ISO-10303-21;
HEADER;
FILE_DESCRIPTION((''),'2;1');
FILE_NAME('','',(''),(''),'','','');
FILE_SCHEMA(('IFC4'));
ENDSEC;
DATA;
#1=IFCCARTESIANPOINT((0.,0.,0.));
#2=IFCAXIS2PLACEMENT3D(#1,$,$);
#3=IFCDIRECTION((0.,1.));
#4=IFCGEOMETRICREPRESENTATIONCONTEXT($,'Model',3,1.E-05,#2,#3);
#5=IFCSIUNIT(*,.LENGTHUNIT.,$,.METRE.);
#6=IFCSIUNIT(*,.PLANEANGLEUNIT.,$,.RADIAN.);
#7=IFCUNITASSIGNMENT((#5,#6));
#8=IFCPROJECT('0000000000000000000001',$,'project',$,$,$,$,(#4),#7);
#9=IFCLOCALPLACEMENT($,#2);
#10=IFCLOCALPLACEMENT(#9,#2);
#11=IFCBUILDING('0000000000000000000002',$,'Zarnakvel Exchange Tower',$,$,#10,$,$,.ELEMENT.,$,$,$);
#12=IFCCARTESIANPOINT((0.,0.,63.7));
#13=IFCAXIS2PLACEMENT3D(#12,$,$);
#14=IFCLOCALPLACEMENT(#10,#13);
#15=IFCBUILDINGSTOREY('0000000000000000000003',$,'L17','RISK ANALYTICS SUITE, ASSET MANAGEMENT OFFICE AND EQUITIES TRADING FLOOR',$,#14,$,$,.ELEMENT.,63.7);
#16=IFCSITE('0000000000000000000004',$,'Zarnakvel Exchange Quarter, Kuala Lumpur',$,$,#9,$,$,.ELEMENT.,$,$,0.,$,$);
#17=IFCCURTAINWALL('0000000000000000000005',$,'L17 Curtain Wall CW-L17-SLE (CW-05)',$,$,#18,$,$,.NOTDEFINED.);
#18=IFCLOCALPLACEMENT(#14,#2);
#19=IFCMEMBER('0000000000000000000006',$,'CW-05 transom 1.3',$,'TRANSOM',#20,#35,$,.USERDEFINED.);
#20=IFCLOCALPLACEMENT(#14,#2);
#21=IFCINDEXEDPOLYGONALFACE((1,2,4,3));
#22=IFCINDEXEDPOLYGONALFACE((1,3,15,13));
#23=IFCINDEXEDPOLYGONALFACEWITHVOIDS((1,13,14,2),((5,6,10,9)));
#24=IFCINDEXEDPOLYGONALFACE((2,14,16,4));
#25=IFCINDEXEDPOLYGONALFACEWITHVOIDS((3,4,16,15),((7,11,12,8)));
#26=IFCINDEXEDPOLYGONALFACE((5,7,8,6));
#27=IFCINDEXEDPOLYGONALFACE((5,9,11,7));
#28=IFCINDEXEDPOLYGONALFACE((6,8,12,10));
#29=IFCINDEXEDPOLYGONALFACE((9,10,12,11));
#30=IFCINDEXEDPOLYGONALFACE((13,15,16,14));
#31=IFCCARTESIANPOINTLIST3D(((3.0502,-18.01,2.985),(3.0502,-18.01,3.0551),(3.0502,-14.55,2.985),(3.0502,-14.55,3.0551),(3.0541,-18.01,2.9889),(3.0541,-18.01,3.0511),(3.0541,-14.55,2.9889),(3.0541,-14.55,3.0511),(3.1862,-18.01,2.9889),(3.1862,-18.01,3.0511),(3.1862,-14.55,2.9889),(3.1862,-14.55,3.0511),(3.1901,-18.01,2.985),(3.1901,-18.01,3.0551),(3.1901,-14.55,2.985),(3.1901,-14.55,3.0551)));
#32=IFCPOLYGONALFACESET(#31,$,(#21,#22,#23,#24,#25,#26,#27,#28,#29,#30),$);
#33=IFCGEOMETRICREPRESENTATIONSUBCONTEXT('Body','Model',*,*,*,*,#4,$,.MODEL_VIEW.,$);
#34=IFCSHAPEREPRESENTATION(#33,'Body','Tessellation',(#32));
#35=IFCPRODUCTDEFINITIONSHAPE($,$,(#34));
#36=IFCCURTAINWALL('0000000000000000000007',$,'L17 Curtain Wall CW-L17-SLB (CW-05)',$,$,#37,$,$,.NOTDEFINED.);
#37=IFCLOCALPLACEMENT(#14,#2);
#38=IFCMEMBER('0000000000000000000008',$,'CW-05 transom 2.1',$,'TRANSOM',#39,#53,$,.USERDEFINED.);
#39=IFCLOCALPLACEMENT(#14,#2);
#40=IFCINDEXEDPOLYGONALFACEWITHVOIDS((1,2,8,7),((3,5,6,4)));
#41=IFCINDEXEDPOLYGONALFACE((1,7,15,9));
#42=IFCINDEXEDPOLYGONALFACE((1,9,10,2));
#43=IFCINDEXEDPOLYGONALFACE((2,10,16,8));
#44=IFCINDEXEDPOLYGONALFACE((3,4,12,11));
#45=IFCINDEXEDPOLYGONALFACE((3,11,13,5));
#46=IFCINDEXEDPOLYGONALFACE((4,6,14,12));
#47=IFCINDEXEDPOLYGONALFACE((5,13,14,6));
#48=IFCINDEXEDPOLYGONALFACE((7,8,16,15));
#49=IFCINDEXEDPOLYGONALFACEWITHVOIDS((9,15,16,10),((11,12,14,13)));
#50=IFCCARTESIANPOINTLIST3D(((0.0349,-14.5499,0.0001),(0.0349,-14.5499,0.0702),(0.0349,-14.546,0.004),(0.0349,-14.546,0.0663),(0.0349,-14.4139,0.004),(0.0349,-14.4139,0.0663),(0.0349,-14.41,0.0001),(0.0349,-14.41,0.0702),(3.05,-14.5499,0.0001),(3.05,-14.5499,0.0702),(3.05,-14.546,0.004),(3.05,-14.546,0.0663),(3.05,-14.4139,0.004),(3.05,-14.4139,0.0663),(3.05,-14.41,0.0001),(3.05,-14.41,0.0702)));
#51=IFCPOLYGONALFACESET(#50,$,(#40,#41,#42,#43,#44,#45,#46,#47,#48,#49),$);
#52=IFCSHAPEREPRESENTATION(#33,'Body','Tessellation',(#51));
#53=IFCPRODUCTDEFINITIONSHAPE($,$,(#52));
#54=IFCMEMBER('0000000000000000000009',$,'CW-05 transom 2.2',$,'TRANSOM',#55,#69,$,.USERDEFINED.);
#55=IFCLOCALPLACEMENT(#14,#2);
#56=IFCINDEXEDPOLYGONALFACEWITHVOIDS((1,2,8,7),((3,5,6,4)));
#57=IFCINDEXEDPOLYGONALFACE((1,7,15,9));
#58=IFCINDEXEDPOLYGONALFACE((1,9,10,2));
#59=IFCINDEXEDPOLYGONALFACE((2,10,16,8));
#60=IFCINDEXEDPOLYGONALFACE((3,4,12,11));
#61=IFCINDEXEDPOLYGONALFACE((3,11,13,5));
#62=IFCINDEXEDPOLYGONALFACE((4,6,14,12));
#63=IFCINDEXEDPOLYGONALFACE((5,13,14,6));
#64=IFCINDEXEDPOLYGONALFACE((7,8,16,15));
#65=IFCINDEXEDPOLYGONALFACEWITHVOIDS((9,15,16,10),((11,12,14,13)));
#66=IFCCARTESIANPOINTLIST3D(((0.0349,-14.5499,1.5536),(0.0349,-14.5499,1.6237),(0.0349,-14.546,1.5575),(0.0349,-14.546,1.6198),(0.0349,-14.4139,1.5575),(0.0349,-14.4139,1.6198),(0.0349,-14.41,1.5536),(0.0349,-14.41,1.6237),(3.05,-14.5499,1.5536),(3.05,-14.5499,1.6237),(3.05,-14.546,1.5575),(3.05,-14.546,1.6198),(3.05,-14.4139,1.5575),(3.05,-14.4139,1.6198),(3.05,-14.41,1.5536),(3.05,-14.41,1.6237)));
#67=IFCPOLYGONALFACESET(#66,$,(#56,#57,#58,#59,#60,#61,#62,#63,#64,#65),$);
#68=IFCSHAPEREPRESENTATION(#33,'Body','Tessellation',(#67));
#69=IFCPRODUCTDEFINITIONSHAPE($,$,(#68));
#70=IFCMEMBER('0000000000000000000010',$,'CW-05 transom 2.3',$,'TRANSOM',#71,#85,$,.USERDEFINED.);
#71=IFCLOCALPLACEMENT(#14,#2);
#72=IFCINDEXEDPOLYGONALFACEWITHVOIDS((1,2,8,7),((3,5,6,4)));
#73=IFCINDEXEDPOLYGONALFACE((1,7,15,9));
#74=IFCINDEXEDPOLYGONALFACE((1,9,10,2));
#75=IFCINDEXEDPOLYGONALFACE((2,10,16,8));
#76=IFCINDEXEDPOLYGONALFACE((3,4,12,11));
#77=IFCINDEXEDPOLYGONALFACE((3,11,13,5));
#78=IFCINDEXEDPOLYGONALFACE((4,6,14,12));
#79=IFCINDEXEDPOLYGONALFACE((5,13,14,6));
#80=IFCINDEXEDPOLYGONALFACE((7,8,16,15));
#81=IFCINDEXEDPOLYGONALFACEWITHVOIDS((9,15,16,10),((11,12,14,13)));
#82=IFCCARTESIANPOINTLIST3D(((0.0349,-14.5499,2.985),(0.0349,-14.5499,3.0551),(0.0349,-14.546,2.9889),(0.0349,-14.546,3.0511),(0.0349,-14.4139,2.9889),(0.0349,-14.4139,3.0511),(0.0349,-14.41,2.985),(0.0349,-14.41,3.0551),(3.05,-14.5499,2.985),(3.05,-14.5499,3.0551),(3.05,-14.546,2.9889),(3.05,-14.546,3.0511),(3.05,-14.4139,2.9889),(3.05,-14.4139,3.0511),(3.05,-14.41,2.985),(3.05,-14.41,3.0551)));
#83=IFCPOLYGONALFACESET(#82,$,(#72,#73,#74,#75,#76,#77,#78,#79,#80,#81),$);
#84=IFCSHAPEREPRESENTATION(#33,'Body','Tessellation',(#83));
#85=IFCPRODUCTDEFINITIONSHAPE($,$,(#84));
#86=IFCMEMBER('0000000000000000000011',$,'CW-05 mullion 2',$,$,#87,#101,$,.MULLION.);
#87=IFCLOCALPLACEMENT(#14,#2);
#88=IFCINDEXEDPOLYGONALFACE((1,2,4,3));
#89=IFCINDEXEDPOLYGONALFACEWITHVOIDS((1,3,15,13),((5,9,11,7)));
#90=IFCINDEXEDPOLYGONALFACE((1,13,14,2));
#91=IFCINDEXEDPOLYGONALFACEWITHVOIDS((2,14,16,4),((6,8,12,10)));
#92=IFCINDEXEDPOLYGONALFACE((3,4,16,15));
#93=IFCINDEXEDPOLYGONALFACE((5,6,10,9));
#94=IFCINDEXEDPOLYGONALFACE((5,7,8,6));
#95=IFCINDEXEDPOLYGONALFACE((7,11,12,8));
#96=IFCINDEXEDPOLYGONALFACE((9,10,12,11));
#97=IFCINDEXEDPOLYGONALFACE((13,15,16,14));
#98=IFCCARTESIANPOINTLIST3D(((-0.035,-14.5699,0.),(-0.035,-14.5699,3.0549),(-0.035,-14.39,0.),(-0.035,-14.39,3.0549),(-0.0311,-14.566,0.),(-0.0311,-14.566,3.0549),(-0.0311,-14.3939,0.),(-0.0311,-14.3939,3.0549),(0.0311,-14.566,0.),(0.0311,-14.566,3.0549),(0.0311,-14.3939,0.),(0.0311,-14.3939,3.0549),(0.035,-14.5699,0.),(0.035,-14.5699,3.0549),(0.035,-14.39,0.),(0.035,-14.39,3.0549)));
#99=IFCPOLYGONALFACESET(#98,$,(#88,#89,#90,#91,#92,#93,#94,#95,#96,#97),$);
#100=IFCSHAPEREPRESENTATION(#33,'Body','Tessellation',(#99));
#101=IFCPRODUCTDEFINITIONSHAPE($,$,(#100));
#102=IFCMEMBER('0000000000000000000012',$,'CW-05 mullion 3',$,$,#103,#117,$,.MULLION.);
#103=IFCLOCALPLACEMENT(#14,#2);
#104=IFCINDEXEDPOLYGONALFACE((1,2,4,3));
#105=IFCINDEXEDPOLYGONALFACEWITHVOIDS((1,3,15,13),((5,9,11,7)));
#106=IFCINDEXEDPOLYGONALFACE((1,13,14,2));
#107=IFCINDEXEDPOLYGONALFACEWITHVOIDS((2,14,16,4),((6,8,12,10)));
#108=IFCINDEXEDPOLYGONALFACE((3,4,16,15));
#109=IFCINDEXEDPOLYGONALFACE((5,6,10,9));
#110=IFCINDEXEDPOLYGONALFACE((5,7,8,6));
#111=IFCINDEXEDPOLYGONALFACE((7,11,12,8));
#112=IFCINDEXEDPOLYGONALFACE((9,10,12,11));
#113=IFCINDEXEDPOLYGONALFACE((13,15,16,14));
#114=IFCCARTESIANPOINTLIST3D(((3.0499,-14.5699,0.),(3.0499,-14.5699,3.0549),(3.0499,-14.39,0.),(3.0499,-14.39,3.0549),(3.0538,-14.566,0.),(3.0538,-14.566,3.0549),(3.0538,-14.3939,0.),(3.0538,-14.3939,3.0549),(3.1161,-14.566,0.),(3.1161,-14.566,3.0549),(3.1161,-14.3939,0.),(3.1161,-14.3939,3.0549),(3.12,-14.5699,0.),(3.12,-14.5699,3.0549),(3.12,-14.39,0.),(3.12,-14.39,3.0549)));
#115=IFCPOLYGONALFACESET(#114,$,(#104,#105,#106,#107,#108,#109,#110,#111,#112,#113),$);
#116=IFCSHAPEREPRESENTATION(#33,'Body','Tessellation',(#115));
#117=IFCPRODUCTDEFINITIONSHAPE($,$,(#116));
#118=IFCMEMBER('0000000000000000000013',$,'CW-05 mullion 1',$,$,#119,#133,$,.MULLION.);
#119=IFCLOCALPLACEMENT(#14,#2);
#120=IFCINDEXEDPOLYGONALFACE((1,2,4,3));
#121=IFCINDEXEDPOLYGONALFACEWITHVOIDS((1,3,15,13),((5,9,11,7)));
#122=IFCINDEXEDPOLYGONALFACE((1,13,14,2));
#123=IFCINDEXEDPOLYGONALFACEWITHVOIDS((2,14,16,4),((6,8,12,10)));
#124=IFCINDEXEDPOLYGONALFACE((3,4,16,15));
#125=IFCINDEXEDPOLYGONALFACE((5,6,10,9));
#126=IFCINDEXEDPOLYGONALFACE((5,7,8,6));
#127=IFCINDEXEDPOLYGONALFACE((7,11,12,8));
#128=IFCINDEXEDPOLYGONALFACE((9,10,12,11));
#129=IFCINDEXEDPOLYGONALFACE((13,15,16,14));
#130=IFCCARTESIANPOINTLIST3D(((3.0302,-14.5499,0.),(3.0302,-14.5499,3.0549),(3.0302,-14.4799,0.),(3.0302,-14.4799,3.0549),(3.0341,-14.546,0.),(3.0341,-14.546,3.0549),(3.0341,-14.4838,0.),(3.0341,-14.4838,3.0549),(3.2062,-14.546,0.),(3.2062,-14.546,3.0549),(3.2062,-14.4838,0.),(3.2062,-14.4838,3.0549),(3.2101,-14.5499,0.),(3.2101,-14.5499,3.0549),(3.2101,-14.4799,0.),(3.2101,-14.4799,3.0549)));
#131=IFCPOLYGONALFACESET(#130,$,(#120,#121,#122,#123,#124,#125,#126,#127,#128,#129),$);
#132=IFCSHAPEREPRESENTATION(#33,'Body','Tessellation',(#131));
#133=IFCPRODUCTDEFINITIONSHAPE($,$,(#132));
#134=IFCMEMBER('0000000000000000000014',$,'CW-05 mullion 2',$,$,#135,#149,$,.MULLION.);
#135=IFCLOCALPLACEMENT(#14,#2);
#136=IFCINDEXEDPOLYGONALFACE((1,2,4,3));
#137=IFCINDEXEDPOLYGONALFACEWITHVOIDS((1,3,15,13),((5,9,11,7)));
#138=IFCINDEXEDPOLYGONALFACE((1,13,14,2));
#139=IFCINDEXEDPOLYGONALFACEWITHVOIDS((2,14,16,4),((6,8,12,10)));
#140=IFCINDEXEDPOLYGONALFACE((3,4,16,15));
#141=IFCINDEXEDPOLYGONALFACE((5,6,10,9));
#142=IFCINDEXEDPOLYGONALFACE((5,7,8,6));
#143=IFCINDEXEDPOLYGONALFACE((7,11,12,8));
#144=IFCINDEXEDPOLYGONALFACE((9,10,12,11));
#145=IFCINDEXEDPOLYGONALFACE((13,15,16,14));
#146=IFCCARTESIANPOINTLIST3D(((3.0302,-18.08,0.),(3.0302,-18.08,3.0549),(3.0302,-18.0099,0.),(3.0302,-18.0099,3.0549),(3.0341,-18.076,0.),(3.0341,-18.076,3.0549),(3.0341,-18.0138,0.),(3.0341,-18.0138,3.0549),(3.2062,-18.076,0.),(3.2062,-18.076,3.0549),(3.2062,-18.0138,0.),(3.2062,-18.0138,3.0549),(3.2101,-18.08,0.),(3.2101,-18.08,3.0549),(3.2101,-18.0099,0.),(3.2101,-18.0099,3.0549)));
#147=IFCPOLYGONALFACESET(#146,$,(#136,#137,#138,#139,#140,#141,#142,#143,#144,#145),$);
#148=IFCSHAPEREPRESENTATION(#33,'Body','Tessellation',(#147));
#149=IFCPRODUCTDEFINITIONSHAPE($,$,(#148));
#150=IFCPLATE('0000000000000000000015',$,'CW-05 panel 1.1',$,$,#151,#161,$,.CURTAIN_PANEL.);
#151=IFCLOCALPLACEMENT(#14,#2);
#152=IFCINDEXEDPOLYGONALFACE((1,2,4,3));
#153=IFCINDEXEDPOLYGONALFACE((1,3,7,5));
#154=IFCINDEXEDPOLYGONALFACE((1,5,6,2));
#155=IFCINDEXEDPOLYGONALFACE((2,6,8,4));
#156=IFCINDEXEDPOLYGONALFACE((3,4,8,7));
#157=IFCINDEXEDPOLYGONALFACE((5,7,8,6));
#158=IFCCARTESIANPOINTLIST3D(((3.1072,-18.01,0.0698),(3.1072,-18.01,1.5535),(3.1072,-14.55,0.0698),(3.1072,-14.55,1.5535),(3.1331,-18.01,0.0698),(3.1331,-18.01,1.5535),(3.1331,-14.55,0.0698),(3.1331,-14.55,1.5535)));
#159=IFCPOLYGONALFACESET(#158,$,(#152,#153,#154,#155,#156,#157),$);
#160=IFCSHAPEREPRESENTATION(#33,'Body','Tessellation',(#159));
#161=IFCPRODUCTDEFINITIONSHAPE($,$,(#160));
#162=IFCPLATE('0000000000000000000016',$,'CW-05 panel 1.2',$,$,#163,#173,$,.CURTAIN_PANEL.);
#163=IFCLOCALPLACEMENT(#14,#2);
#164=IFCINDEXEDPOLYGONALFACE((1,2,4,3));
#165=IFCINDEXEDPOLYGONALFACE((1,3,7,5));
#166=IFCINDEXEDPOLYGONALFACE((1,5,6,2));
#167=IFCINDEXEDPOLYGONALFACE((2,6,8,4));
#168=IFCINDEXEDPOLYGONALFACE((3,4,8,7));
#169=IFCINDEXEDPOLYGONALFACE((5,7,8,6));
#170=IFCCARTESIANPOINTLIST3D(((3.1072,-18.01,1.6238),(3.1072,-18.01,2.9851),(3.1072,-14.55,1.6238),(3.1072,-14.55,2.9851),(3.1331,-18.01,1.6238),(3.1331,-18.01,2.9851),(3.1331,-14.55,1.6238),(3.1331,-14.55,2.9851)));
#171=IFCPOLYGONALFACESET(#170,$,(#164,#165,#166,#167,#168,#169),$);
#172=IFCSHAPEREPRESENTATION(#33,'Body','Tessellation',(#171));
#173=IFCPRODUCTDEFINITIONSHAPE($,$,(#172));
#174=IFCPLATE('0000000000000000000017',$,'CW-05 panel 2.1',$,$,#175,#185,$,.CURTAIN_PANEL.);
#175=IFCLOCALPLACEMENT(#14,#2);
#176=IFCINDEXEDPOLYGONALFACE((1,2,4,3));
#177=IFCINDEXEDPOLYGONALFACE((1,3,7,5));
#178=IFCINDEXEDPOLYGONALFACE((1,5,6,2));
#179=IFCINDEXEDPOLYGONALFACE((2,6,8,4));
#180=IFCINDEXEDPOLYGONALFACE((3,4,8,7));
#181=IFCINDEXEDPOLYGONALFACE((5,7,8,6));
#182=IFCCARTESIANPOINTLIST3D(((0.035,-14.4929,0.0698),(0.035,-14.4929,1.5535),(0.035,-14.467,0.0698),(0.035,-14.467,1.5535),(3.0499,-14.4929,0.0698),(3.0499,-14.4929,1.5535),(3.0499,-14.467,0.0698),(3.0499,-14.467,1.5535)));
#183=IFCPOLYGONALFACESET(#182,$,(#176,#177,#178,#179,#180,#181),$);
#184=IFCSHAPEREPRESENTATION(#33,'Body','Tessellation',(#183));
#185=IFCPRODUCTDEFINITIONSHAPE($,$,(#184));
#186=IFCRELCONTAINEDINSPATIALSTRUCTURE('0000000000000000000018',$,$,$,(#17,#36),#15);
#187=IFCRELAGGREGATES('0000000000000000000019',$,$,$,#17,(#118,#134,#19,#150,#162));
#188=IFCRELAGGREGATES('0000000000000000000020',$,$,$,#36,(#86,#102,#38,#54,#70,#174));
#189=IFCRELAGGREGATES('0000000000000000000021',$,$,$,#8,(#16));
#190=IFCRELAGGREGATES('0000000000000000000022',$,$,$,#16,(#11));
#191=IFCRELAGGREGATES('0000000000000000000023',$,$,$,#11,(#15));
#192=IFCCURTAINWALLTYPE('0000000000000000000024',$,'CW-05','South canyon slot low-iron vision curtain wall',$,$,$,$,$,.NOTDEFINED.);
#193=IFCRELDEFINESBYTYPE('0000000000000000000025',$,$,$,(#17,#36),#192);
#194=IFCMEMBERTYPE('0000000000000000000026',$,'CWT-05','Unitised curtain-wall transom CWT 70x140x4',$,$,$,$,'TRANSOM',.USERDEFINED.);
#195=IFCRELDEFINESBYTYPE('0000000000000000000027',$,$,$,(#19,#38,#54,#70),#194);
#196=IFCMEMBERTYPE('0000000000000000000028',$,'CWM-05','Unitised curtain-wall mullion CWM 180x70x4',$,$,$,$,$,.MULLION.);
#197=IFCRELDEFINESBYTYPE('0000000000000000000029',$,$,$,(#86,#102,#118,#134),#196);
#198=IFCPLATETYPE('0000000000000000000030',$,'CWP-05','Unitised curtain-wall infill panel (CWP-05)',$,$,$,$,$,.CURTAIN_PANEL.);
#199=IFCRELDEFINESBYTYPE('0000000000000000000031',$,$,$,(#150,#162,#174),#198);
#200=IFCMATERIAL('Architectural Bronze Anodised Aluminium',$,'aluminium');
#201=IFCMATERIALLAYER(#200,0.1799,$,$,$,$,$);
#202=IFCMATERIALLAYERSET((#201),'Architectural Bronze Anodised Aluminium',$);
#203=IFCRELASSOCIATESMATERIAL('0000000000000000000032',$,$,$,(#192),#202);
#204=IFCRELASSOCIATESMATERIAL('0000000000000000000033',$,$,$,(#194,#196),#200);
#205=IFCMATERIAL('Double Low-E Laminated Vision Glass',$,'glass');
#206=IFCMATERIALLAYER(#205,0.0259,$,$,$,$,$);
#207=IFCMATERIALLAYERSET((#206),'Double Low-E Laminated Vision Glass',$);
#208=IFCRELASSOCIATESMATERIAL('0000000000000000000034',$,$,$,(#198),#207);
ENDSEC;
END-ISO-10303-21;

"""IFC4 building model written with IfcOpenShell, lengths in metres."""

from ifc_helpers import new_model, si_unit, direction, frame, origin, origin_2d, place, context, subcontext, project, spatial, rectangle, hollow_rectangle, extrude, source, transform, mapped, material, layer, layer_set, material_profile, profile_set, type_object, element, aggregate, save


model = new_model("IFC4")

# Units and contexts
model_context = context("Model", 3, precision=1e-05, world=origin(), true_north=direction((0.0, 1.0)))
body_context = subcontext(model_context, "Body", "Model", "MODEL_VIEW")
ifc_project = project(units=[si_unit("LENGTHUNIT", "METRE"), si_unit("PLANEANGLEUNIT", "RADIAN")], contexts=[model_context])

# Site, building, storey
site_placement = place(None, origin())
site = spatial("IfcSite", under=ifc_project, at=site_placement, Name="Zarnakvel Exchange Quarter, Kuala Lumpur", CompositionType="ELEMENT", RefElevation=0.0)
building_placement = place(site_placement, origin())
building = spatial("IfcBuilding", under=site, at=building_placement, Name="Zarnakvel Exchange Tower", CompositionType="ELEMENT")
storey_placement = place(building_placement, frame((0.0, 0.0, 63.7)))
storey = spatial("IfcBuildingStorey", under=building, at=storey_placement, Name="L17", Description="RISK ANALYTICS SUITE, ASSET MANAGEMENT OFFICE AND EQUITIES TRADING FLOOR", CompositionType="ELEMENT", Elevation=63.7)

# Curtain walls, members
ifc_material_1 = material(Name="Architectural Bronze Anodised Aluminium", Category="aluminium")
ifc_layer_1 = layer(ifc_material_1, 0.1799)
ifc_layer_set_1 = layer_set([ifc_layer_1], Name="Architectural Bronze Anodised Aluminium")
curtain_wall_type = type_object("IfcCurtainWallType", Name="CW-05", Description="South canyon slot low-iron vision curtain wall", PredefinedType="NOTDEFINED", material=ifc_layer_set_1)
curtain_wall_1_placement = place(storey_placement, origin())
curtain_wall_1 = element("IfcCurtainWall", 1, at=curtain_wall_1_placement, inside=storey, type_object=curtain_wall_type, Name="L17 Curtain Wall CW-L17-SLE (CW-05)", PredefinedType="NOTDEFINED")
ifc_material_profile_1 = material_profile(ifc_material_1, hollow_rectangle(XDim=0.1399, YDim=0.0701, WallThickness=0.0039, at=origin_2d()))
ifc_profile_set_1 = profile_set([ifc_material_profile_1], Name="Architectural Bronze Anodised Aluminium")
member_type_1 = type_object("IfcMemberType", Name="CWT-05", Description="Unitised curtain-wall transom CWT 70x140x4", ElementType="TRANSOM", PredefinedType="USERDEFINED", material=ifc_profile_set_1)
shared_shape_1 = source(origin(), body_context, "Body", "SweptSolid", [
    extrude(hollow_rectangle(XDim=0.1399, YDim=0.0701, WallThickness=0.0039, at=origin_2d()), origin(), (0.0, 0.0, 1.0), 3.46),
])
member_1_placement = place(storey_placement, frame((3.1201, -14.55, 3.02), z_axis=(0.0, -1.0, 0.0), x_axis=(1.0, 0.0, 0.0)))
member_1 = element("IfcMember", 2, at=member_1_placement, type_object=member_type_1, Name="CW-05 transom 1.3", ObjectType="TRANSOM", PredefinedType="USERDEFINED", context=body_context, shape_type="MappedRepresentation", body=[
    mapped(shared_shape_1, transform((0.0, 0.0, 0.0), x_axis=(1.0, 0.0, 0.0), y_axis=(0.0, 1.0, 0.0), z_axis=(0.0, 0.0, 1.0), scale=1.0)),
])
curtain_wall_2_placement = place(storey_placement, origin())
curtain_wall_2 = element("IfcCurtainWall", 3, at=curtain_wall_2_placement, inside=storey, type_object=curtain_wall_type, Name="L17 Curtain Wall CW-L17-SLB (CW-05)", PredefinedType="NOTDEFINED")
shared_shape_2 = source(origin(), body_context, "Body", "SweptSolid", [
    extrude(hollow_rectangle(XDim=0.1399, YDim=0.0701, WallThickness=0.0039, at=origin_2d()), origin(), (0.0, 0.0, 1.0), 3.0151),
])
member_2_placement = place(storey_placement, frame((0.0349, -14.48, 0.0352), z_axis=(1.0, 0.0, 0.0), x_axis=(0.0, 1.0, 0.0)))
member_2 = element("IfcMember", 4, at=member_2_placement, type_object=member_type_1, Name="CW-05 transom 2.1", ObjectType="TRANSOM", PredefinedType="USERDEFINED", context=body_context, shape_type="MappedRepresentation", body=[
    mapped(shared_shape_2, transform((0.0, 0.0, 0.0), x_axis=(1.0, 0.0, 0.0), y_axis=(0.0, 1.0, 0.0), z_axis=(0.0, 0.0, 1.0), scale=1.0)),
])
member_3_placement = place(storey_placement, frame((0.0349, -14.48, 1.5886), z_axis=(1.0, 0.0, 0.0), x_axis=(0.0, 1.0, 0.0)))
member_3 = element("IfcMember", 5, at=member_3_placement, type_object=member_type_1, Name="CW-05 transom 2.2", ObjectType="TRANSOM", PredefinedType="USERDEFINED", context=body_context, shape_type="MappedRepresentation", body=[
    mapped(shared_shape_2, transform((0.0, 0.0, 0.0), x_axis=(1.0, 0.0, 0.0), y_axis=(0.0, 1.0, 0.0), z_axis=(0.0, 0.0, 1.0), scale=1.0)),
])
member_4_placement = place(storey_placement, frame((0.0349, -14.48, 3.02), z_axis=(1.0, 0.0, 0.0), x_axis=(0.0, 1.0, 0.0)))
member_4 = element("IfcMember", 6, at=member_4_placement, type_object=member_type_1, Name="CW-05 transom 2.3", ObjectType="TRANSOM", PredefinedType="USERDEFINED", context=body_context, shape_type="MappedRepresentation", body=[
    mapped(shared_shape_2, transform((0.0, 0.0, 0.0), x_axis=(1.0, 0.0, 0.0), y_axis=(0.0, 1.0, 0.0), z_axis=(0.0, 0.0, 1.0), scale=1.0)),
])
ifc_material_profile_2 = material_profile(ifc_material_1, hollow_rectangle(XDim=0.1799, YDim=0.0701, WallThickness=0.0039, at=origin_2d()))
ifc_profile_set_2 = profile_set([ifc_material_profile_2], Name="Architectural Bronze Anodised Aluminium")
member_type_2 = type_object("IfcMemberType", Name="CWM-05", Description="Unitised curtain-wall mullion CWM 180x70x4", PredefinedType="MULLION", material=ifc_profile_set_2)
shared_shape_3 = source(origin(), body_context, "Body", "SweptSolid", [
    extrude(hollow_rectangle(XDim=0.1799, YDim=0.0701, WallThickness=0.0039, at=origin_2d()), origin(), (0.0, 0.0, 1.0), 3.0549),
])
member_5_placement = place(storey_placement, frame((0.0, -14.48, 0.0), z_axis=(0.0, 0.0, 1.0), x_axis=(0.0, 1.0, 0.0)))
member_5 = element("IfcMember", 7, at=member_5_placement, type_object=member_type_2, Name="CW-05 mullion 2", PredefinedType="MULLION", context=body_context, shape_type="MappedRepresentation", body=[
    mapped(shared_shape_3, transform((0.0, 0.0, 0.0), x_axis=(1.0, 0.0, 0.0), y_axis=(0.0, 1.0, 0.0), z_axis=(0.0, 0.0, 1.0), scale=1.0)),
])
member_6_placement = place(storey_placement, frame((3.085, -14.48, 0.0), z_axis=(0.0, 0.0, 1.0), x_axis=(0.0, 1.0, 0.0)))
member_6 = element("IfcMember", 8, at=member_6_placement, type_object=member_type_2, Name="CW-05 mullion 3", PredefinedType="MULLION", context=body_context, shape_type="MappedRepresentation", body=[
    mapped(shared_shape_3, transform((0.0, 0.0, 0.0), x_axis=(1.0, 0.0, 0.0), y_axis=(0.0, 1.0, 0.0), z_axis=(0.0, 0.0, 1.0), scale=1.0)),
])

# Members
member_7_placement = place(storey_placement, frame((3.1201, -14.5149, 0.0), z_axis=(0.0, 0.0, 1.0), x_axis=(1.0, 0.0, 0.0)))
member_7 = element("IfcMember", 9, at=member_7_placement, type_object=member_type_2, Name="CW-05 mullion 1", PredefinedType="MULLION", context=body_context, shape_type="MappedRepresentation", body=[
    mapped(shared_shape_3, transform((0.0, 0.0, 0.0), x_axis=(1.0, 0.0, 0.0), y_axis=(0.0, 1.0, 0.0), z_axis=(0.0, 0.0, 1.0), scale=1.0)),
])
member_8_placement = place(storey_placement, frame((3.1201, -18.0449, 0.0), z_axis=(0.0, 0.0, 1.0), x_axis=(1.0, 0.0, 0.0)))
member_8 = element("IfcMember", 10, at=member_8_placement, type_object=member_type_2, Name="CW-05 mullion 2", PredefinedType="MULLION", context=body_context, shape_type="MappedRepresentation", body=[
    mapped(shared_shape_3, transform((0.0, 0.0, 0.0), x_axis=(1.0, 0.0, 0.0), y_axis=(0.0, 1.0, 0.0), z_axis=(0.0, 0.0, 1.0), scale=1.0)),
])

# Plates
ifc_material_2 = material(Name="Double Low-E Laminated Vision Glass", Category="glass")
ifc_layer_2 = layer(ifc_material_2, 0.0259)
ifc_layer_set_2 = layer_set([ifc_layer_2], Name="Double Low-E Laminated Vision Glass")
plate_type = type_object("IfcPlateType", Name="CWP-05", Description="Unitised curtain-wall infill panel (CWP-05)", PredefinedType="CURTAIN_PANEL", material=ifc_layer_set_2)
shared_shape_4 = source(origin(), body_context, "Body", "SweptSolid", [
    extrude(rectangle(XDim=3.46, YDim=0.0259, at=origin_2d()), origin(), (0.0, 0.0, 1.0), 1.4836),
])
plate_1_placement = place(storey_placement, frame((3.1201, -16.28, 0.0698), z_axis=(0.0, 0.0, 1.0), x_axis=(0.0, -1.0, 0.0)))
plate_1 = element("IfcPlate", 11, at=plate_1_placement, type_object=plate_type, Name="CW-05 panel 1.1", PredefinedType="CURTAIN_PANEL", context=body_context, shape_type="MappedRepresentation", body=[
    mapped(shared_shape_4, transform((0.0, 0.0, 0.0), x_axis=(1.0, 0.0, 0.0), y_axis=(0.0, 1.0, 0.0), z_axis=(0.0, 0.0, 1.0), scale=1.0)),
])
shared_shape_5 = source(origin(), body_context, "Body", "SweptSolid", [
    extrude(rectangle(XDim=3.46, YDim=0.0259, at=origin_2d()), origin(), (0.0, 0.0, 1.0), 1.3613),
])
plate_2_placement = place(storey_placement, frame((3.1201, -16.28, 1.6238), z_axis=(0.0, 0.0, 1.0), x_axis=(0.0, -1.0, 0.0)))
plate_2 = element("IfcPlate", 12, at=plate_2_placement, type_object=plate_type, Name="CW-05 panel 1.2", PredefinedType="CURTAIN_PANEL", context=body_context, shape_type="MappedRepresentation", body=[
    mapped(shared_shape_5, transform((0.0, 0.0, 0.0), x_axis=(1.0, 0.0, 0.0), y_axis=(0.0, 1.0, 0.0), z_axis=(0.0, 0.0, 1.0), scale=1.0)),
])
aggregate(curtain_wall_1, [member_7, member_8, member_1, plate_1, plate_2])
shared_shape_6 = source(origin(), body_context, "Body", "SweptSolid", [
    extrude(rectangle(XDim=3.0149, YDim=0.0259, at=origin_2d()), origin(), (0.0, 0.0, 1.0), 1.4836),
])
plate_3_placement = place(storey_placement, frame((1.5425, -14.48, 0.0698), z_axis=(0.0, 0.0, 1.0), x_axis=(1.0, 0.0, 0.0)))
plate_3 = element("IfcPlate", 13, at=plate_3_placement, type_object=plate_type, Name="CW-05 panel 2.1", PredefinedType="CURTAIN_PANEL", context=body_context, shape_type="MappedRepresentation", body=[
    mapped(shared_shape_6, transform((0.0, 0.0, 0.0), x_axis=(1.0, 0.0, 0.0), y_axis=(0.0, 1.0, 0.0), z_axis=(0.0, 0.0, 1.0), scale=1.0)),
])
aggregate(curtain_wall_2, [member_5, member_6, member_2, member_3, member_4, plate_3])

save(model, "model.ifc")
